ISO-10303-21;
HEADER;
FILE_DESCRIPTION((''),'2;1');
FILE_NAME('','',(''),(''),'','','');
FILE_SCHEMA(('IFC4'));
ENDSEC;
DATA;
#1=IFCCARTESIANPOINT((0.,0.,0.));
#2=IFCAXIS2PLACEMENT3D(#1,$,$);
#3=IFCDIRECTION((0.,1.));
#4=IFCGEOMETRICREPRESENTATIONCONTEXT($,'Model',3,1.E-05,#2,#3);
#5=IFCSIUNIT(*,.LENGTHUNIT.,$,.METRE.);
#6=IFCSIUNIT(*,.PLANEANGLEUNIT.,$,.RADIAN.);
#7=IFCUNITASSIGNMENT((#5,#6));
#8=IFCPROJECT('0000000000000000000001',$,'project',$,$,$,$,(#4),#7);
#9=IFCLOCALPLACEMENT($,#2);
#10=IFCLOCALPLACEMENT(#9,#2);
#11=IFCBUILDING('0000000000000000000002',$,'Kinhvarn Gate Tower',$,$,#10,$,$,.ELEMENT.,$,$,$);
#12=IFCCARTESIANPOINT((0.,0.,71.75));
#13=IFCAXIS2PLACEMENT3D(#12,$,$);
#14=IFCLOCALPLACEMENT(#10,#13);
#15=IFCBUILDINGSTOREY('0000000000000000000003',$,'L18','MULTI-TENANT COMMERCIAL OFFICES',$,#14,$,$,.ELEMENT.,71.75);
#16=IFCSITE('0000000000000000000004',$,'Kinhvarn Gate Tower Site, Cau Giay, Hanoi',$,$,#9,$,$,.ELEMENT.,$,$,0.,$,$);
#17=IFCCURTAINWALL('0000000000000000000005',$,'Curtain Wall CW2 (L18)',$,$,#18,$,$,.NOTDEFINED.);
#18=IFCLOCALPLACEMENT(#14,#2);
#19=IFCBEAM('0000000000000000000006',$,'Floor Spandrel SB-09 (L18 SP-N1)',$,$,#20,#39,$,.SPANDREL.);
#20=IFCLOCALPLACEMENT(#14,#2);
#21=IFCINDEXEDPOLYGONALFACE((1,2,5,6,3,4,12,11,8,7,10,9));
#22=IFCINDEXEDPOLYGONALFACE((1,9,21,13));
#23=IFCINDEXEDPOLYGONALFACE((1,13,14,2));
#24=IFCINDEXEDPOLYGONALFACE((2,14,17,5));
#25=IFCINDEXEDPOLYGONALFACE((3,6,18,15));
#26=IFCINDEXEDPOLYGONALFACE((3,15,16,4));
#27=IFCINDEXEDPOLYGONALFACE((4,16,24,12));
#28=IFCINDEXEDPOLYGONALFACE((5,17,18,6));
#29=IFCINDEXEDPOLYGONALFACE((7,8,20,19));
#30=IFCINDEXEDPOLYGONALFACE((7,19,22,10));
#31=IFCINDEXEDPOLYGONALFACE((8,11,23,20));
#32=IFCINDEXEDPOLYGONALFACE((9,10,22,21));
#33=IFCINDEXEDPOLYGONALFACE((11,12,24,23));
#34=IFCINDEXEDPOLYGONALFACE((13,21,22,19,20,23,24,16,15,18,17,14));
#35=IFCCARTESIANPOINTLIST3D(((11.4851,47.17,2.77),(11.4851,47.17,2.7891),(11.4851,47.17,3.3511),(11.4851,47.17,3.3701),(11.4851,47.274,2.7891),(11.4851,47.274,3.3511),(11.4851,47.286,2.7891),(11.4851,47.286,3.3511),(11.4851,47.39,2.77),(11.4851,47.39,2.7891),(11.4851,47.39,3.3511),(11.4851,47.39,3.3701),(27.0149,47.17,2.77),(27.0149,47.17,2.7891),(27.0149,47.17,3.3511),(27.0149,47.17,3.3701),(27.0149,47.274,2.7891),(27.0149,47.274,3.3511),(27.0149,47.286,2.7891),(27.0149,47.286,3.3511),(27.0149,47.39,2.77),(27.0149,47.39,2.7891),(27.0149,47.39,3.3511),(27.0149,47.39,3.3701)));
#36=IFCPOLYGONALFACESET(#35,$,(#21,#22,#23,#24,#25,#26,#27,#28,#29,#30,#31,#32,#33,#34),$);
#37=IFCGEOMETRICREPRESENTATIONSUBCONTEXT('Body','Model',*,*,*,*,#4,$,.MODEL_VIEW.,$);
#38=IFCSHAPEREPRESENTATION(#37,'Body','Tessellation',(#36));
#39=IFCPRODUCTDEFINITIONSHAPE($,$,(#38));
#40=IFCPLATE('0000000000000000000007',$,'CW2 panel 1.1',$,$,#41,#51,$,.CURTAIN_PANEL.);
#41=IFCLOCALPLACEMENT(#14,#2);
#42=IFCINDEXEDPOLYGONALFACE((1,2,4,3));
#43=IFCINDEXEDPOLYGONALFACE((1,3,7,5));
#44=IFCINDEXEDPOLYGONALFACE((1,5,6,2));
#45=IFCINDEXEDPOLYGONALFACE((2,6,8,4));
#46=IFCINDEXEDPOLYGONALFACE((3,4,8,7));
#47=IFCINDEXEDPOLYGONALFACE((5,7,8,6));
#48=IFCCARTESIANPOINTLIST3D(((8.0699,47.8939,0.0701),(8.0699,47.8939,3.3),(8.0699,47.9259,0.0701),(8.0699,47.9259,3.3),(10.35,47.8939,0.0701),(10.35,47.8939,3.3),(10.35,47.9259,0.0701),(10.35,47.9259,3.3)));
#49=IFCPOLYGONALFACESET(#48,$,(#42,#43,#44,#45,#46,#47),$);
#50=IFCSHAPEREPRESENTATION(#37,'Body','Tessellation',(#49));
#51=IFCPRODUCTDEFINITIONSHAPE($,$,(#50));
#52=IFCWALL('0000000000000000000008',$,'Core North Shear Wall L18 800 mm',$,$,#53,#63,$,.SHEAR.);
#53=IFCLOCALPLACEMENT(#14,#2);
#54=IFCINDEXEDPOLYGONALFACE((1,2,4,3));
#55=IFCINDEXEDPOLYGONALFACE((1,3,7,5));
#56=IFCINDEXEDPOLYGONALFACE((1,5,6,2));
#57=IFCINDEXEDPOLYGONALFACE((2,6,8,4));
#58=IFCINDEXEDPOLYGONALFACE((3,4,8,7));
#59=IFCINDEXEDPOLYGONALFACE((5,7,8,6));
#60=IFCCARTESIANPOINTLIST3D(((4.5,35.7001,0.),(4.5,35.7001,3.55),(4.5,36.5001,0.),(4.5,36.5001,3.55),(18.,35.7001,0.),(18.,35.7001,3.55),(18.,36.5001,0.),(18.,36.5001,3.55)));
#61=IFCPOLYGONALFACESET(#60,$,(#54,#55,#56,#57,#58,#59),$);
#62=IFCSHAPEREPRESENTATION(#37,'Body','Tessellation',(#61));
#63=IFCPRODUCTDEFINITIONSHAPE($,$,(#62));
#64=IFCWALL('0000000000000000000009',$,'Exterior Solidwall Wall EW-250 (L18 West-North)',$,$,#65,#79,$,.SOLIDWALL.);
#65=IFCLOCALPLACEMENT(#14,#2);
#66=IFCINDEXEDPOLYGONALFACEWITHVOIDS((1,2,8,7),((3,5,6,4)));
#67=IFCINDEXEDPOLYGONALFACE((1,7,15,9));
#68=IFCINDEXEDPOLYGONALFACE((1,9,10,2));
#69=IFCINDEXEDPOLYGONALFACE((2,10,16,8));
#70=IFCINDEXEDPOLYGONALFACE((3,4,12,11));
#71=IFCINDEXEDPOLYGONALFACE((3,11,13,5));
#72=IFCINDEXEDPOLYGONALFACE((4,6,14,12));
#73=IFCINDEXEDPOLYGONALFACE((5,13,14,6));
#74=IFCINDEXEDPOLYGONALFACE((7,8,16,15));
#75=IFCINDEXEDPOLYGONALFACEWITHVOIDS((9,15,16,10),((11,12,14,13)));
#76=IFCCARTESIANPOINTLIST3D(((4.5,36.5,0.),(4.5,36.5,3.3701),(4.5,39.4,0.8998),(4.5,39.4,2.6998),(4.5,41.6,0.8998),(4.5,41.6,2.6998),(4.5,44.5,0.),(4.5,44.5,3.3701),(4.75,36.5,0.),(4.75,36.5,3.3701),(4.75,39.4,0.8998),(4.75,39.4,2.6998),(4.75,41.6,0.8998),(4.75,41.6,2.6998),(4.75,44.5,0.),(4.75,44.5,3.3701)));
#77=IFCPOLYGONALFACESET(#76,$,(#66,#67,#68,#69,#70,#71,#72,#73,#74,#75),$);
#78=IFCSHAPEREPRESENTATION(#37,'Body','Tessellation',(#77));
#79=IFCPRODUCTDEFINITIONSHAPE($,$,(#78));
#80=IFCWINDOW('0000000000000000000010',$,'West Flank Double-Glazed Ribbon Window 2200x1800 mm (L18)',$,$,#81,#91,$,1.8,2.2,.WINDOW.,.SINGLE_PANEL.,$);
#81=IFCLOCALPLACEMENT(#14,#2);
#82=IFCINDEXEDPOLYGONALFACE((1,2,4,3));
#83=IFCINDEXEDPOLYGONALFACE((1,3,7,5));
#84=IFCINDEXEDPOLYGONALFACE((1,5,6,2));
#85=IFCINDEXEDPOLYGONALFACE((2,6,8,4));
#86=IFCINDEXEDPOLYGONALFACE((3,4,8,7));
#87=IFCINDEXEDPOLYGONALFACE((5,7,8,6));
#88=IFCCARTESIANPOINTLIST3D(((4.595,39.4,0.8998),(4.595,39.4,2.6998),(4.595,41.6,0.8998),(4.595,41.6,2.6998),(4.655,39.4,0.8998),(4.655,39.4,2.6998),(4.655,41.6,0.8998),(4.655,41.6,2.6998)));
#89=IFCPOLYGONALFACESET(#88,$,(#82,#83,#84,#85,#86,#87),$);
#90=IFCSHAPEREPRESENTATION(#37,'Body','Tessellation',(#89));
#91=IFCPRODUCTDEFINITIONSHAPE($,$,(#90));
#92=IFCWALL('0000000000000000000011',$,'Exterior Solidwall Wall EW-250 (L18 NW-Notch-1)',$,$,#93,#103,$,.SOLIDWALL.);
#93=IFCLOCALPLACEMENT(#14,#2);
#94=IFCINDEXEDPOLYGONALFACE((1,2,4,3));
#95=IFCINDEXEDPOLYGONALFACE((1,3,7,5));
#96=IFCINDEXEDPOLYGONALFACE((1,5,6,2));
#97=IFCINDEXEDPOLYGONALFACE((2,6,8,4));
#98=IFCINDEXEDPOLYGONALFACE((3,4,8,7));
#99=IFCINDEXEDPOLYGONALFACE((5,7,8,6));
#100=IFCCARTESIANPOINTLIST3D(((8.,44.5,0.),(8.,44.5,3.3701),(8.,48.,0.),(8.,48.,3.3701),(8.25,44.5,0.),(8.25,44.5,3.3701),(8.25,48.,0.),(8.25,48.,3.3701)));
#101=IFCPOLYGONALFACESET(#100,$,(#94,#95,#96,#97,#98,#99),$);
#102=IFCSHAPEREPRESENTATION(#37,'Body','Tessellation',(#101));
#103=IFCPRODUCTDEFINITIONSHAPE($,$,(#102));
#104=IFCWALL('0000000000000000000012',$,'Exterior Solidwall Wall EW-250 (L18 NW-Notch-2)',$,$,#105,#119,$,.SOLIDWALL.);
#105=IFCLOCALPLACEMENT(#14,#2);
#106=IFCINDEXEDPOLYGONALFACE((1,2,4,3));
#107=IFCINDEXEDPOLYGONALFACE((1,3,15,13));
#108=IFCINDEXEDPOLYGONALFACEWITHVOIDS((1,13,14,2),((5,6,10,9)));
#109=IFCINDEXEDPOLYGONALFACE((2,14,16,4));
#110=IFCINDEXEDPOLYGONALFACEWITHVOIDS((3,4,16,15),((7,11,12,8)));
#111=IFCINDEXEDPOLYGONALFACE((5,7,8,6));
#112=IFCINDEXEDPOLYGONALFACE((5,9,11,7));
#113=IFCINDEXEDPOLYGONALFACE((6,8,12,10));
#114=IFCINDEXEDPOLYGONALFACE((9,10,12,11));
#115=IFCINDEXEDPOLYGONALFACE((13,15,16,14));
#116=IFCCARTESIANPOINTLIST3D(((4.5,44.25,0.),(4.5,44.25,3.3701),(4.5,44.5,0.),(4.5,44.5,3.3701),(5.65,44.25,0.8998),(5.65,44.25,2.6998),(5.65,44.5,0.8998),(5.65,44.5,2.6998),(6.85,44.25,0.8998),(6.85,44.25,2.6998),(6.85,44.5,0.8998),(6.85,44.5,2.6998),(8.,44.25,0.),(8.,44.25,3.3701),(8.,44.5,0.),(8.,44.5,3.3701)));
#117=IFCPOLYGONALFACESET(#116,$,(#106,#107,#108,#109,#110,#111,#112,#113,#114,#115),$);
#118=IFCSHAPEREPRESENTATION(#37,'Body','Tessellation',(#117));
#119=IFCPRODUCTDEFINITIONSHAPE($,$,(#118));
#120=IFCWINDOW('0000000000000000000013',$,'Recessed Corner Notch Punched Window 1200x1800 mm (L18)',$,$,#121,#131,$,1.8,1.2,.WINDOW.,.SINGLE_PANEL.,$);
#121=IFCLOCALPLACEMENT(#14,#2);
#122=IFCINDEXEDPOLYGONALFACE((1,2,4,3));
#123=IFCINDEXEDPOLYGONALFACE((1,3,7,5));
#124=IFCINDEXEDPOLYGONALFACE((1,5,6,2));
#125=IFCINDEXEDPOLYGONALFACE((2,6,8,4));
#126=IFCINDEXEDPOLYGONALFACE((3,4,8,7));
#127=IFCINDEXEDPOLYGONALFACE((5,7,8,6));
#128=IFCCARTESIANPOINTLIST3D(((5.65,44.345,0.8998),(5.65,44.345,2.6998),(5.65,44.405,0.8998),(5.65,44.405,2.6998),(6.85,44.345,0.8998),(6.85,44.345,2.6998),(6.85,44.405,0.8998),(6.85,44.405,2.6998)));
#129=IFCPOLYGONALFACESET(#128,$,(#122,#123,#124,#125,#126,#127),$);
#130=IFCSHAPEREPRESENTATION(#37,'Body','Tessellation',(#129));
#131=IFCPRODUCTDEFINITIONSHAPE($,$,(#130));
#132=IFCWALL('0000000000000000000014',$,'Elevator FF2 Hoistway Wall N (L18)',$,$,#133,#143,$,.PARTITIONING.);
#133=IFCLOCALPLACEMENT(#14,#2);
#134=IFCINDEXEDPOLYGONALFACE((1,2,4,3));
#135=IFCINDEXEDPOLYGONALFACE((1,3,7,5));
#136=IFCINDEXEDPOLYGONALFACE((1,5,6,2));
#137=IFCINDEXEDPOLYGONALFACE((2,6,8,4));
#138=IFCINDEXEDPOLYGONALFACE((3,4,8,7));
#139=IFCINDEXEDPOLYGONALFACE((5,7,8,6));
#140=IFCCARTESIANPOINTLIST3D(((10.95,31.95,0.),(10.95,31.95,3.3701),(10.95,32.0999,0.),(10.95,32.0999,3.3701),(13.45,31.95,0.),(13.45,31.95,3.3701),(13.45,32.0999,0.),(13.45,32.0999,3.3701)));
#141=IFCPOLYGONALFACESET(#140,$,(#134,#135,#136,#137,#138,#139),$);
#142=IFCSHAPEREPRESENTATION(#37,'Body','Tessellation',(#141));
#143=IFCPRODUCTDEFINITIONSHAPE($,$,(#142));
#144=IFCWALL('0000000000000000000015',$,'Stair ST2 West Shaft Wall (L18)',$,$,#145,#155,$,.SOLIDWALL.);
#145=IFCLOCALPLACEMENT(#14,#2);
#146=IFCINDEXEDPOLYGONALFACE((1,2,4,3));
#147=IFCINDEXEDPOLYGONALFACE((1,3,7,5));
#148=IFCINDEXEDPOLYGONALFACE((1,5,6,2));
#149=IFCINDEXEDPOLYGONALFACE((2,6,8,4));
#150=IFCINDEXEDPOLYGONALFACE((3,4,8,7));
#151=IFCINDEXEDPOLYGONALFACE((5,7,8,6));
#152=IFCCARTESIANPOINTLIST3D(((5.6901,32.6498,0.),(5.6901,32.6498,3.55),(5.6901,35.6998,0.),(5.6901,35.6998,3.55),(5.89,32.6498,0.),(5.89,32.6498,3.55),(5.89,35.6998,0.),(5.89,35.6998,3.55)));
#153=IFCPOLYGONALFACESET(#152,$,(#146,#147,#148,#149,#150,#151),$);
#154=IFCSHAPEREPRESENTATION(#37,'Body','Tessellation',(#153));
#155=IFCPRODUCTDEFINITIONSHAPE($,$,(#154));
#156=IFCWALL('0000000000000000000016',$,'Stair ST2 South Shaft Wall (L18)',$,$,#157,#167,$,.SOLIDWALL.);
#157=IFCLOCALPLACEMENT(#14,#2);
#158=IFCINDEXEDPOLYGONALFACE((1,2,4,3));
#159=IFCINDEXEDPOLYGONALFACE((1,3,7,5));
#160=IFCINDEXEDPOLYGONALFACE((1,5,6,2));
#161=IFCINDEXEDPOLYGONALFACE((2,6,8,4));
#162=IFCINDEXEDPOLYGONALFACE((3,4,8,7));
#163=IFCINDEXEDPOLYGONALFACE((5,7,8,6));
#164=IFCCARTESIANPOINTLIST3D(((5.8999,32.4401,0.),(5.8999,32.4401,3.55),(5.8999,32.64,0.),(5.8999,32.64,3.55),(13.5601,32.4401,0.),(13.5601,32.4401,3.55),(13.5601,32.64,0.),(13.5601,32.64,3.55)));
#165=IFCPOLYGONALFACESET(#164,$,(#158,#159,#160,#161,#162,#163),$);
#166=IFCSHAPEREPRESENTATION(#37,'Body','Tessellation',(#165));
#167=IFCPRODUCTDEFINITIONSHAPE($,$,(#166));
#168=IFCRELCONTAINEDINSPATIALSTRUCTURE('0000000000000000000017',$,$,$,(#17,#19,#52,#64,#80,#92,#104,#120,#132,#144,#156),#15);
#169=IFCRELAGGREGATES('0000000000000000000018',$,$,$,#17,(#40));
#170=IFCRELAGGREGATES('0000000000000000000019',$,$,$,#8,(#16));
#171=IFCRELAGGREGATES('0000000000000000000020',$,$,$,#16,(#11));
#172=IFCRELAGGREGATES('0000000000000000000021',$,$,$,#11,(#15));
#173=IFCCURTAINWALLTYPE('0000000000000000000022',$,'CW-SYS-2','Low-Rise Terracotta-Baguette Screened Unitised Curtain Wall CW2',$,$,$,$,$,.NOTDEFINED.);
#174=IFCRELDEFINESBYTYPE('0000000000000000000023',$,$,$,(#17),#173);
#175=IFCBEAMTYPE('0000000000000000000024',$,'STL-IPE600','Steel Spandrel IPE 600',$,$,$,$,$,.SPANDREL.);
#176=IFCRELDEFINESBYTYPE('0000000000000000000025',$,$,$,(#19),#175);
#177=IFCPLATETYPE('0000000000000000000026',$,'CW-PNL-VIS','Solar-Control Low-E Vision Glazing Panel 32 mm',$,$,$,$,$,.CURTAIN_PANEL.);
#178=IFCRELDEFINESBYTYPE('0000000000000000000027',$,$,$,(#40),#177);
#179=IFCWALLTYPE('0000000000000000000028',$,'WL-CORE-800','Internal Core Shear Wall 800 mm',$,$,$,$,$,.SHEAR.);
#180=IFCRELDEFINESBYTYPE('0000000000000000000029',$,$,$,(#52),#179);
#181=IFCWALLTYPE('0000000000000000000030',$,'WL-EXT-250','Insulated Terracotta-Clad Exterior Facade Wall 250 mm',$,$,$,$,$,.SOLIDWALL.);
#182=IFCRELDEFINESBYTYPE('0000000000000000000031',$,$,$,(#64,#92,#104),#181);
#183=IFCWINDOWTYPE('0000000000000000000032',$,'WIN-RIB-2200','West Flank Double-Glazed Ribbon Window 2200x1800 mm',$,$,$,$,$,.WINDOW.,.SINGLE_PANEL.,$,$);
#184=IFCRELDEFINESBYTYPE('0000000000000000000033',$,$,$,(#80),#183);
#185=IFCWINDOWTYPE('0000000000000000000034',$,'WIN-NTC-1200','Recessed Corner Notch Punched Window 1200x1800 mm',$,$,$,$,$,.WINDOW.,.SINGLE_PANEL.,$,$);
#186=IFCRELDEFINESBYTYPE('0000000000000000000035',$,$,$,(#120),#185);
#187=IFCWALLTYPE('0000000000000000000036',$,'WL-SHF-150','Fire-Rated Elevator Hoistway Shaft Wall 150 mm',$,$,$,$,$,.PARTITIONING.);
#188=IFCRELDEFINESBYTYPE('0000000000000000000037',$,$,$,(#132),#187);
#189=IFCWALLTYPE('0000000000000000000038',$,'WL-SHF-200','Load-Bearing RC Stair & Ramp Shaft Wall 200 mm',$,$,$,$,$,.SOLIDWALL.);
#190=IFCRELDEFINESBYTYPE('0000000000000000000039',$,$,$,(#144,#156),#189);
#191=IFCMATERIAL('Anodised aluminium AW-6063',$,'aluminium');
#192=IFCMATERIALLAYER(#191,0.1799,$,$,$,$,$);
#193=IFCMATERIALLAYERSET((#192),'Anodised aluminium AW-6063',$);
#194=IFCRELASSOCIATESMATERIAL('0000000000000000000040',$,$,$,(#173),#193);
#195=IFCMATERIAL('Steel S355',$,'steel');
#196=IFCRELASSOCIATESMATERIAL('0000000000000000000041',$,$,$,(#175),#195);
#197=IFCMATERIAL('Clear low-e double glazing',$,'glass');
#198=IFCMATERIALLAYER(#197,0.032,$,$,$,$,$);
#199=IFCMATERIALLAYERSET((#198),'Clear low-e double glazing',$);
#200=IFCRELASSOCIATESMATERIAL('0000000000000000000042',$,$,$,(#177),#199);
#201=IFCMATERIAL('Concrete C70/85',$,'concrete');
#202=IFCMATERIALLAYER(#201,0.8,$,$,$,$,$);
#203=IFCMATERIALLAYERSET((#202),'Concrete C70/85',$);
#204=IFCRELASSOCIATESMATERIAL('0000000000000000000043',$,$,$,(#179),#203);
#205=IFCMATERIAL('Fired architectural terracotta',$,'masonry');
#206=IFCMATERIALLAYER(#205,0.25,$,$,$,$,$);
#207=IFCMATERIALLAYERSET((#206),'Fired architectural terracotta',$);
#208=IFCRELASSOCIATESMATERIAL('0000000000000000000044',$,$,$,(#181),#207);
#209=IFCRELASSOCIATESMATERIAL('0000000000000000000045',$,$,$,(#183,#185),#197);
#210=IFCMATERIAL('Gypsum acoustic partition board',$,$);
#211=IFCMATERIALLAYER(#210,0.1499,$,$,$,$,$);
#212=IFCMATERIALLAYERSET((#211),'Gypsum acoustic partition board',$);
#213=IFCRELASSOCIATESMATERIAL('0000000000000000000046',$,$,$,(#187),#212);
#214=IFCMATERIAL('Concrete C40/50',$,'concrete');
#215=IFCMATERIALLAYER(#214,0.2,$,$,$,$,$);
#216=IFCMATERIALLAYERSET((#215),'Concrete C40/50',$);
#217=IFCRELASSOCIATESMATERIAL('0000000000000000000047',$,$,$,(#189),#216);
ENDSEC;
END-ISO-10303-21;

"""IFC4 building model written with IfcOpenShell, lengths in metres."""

from ifc_helpers import new_model, si_unit, direction, frame, frame_2d, origin, origin_2d, place, context, subcontext, project, spatial, rectangle, i_section, extrude, material, layer, layer_set, material_profile, profile_set, type_object, element, fill, aggregate, save


model = new_model("IFC4")

# Units and contexts
model_context = context("Model", 3, precision=1e-05, world=origin(), true_north=direction((0.0, 1.0)))
body_context = subcontext(model_context, "Body", "Model", "MODEL_VIEW")
ifc_project = project(units=[si_unit("LENGTHUNIT", "METRE"), si_unit("PLANEANGLEUNIT", "RADIAN")], contexts=[model_context])

# Site, building, storey
site_placement = place(None, origin())
site = spatial("IfcSite", under=ifc_project, at=site_placement, Name="Kinhvarn Gate Tower Site, Cau Giay, Hanoi", CompositionType="ELEMENT", RefElevation=0.0)
building_placement = place(site_placement, origin())
building = spatial("IfcBuilding", under=site, at=building_placement, Name="Kinhvarn Gate Tower", CompositionType="ELEMENT")
storey_placement = place(building_placement, frame((0.0, 0.0, 71.75)))
storey = spatial("IfcBuildingStorey", under=building, at=storey_placement, Name="L18", Description="MULTI-TENANT COMMERCIAL OFFICES", CompositionType="ELEMENT", Elevation=71.75)

# Shared definitions
ifc_material_1 = material(Name="Concrete C70/85", Category="concrete")

# Curtain wall
ifc_material_2 = material(Name="Anodised aluminium AW-6063", Category="aluminium")
ifc_layer_1 = layer(ifc_material_2, 0.1799)
ifc_layer_set_1 = layer_set([ifc_layer_1], Name="Anodised aluminium AW-6063")
curtain_wall_type = type_object("IfcCurtainWallType", Name="CW-SYS-2", Description="Low-Rise Terracotta-Baguette Screened Unitised Curtain Wall CW2", PredefinedType="NOTDEFINED", material=ifc_layer_set_1)
curtain_wall_placement = place(storey_placement, origin())
curtain_wall = element("IfcCurtainWall", 1, at=curtain_wall_placement, inside=storey, type_object=curtain_wall_type, Name="Curtain Wall CW2 (L18)", PredefinedType="NOTDEFINED")

# Beam
ifc_material_3 = material(Name="Steel S355", Category="steel")
ifc_material_profile_1 = material_profile(ifc_material_3, i_section(OverallWidth=0.22, OverallDepth=0.6001, WebThickness=0.012, FlangeThickness=0.019, at=origin_2d()), Name="IPE 600")
ifc_profile_set_1 = profile_set([ifc_material_profile_1], Name="Steel S355")
beam_type_1 = type_object("IfcBeamType", Name="STL-IPE600", Description="Steel Spandrel IPE 600", PredefinedType="SPANDREL", material=ifc_profile_set_1)
beam_1_placement = place(storey_placement, frame((11.4851, 47.28, 3.0701), z_axis=(1.0, 0.0, 0.0), x_axis=(0.0, 1.0, 0.0)))
element("IfcBeam", 2, at=beam_1_placement, inside=storey, type_object=beam_type_1, Name="Floor Spandrel SB-09 (L18 SP-N1)", PredefinedType="SPANDREL", context=body_context, shape_type="SweptSolid", body=[
    extrude(i_section(OverallWidth=0.22, OverallDepth=0.6001, WebThickness=0.012, FlangeThickness=0.019, at=origin_2d()), origin(), (0.0, 0.0, 1.0), 15.5298),
])

# Plate
ifc_material_4 = material(Name="Clear low-e double glazing", Category="glass")
ifc_layer_2 = layer(ifc_material_4, 0.032)
ifc_layer_set_2 = layer_set([ifc_layer_2], Name="Clear low-e double glazing")
plate_type = type_object("IfcPlateType", Name="CW-PNL-VIS", Description="Solar-Control Low-E Vision Glazing Panel 32 mm", PredefinedType="CURTAIN_PANEL", material=ifc_layer_set_2)
plate_placement = place(storey_placement, frame((9.21, 47.9099, 0.0701), z_axis=(0.0, 0.0, 1.0), x_axis=(-1.0, 0.0, 0.0)))
plate = element("IfcPlate", 3, at=plate_placement, type_object=plate_type, Name="CW2 panel 1.1", PredefinedType="CURTAIN_PANEL", context=body_context, shape_type="SweptSolid", body=[
    extrude(rectangle(XDim=2.28, YDim=0.032, at=origin_2d()), origin(), (0.0, 0.0, 1.0), 3.23),
])
aggregate(curtain_wall, [plate])

# Wall
ifc_layer_3 = layer(ifc_material_1, 0.8)
ifc_layer_set_3 = layer_set([ifc_layer_3], Name="Concrete C70/85")
wall_type_1 = type_object("IfcWallType", Name="WL-CORE-800", Description="Internal Core Shear Wall 800 mm", PredefinedType="SHEAR", material=ifc_layer_set_3)
wall_1_placement = place(storey_placement, frame((4.5, 36.1001, 0.0), z_axis=(0.0, 0.0, 1.0), x_axis=(1.0, 0.0, 0.0)))
element("IfcWall", 4, at=wall_1_placement, inside=storey, type_object=wall_type_1, Name="Core North Shear Wall L18 800 mm", PredefinedType="SHEAR", context=body_context, shape_type="SweptSolid", body=[
    extrude(rectangle(XDim=13.5, YDim=0.8, at=frame_2d((6.75, 0.0))), origin(), (0.0, 0.0, 1.0), 3.55),
])

# Wall, opening, window
ifc_material_5 = material(Name="Fired architectural terracotta", Category="masonry")
ifc_layer_4 = layer(ifc_material_5, 0.25)
ifc_layer_set_4 = layer_set([ifc_layer_4], Name="Fired architectural terracotta")
wall_type_2 = type_object("IfcWallType", Name="WL-EXT-250", Description="Insulated Terracotta-Clad Exterior Facade Wall 250 mm", PredefinedType="SOLIDWALL", material=ifc_layer_set_4)
wall_2_placement = place(storey_placement, frame((4.625, 44.5, 0.0), z_axis=(0.0, 0.0, 1.0), x_axis=(0.0, -1.0, 0.0)))
wall_2 = element("IfcWall", 5, at=wall_2_placement, inside=storey, type_object=wall_type_2, Name="Exterior Solidwall Wall EW-250 (L18 West-North)", PredefinedType="SOLIDWALL", context=body_context, shape_type="SweptSolid", body=[
    extrude(rectangle(XDim=8.0, YDim=0.25, at=frame_2d((4.0, 0.0))), origin(), (0.0, 0.0, 1.0), 3.3701),
])
opening_1_placement = place(wall_2_placement, frame((2.8999, 0.0, 0.8999)))
opening_1 = element("IfcOpeningElement", 6, at=opening_1_placement, cuts=wall_2, PredefinedType="OPENING", context=body_context, shape_type="SweptSolid", body=[
    extrude(rectangle(XDim=2.2, YDim=1.8, at=frame_2d((1.1001, 0.8999))), frame((0.0, 0.135, 0.0), z_axis=(0.0, -1.0, 0.0), x_axis=(1.0, 0.0, 0.0)), (0.0, 0.0, 1.0), 0.27),
])
window_type_1 = type_object("IfcWindowType", Name="WIN-RIB-2200", Description="West Flank Double-Glazed Ribbon Window 2200x1800 mm", PartitioningType="SINGLE_PANEL", PredefinedType="WINDOW", material=ifc_material_4)
window_1_placement = place(opening_1_placement, origin())
window_1 = element("IfcWindow", 7, at=window_1_placement, inside=storey, type_object=window_type_1, Name="West Flank Double-Glazed Ribbon Window 2200x1800 mm (L18)", OverallHeight=1.8, OverallWidth=2.2, PartitioningType="SINGLE_PANEL", PredefinedType="WINDOW", context=body_context, shape_type="SweptSolid", body=[
    extrude(rectangle(XDim=2.2, YDim=1.8, at=frame_2d((1.1001, 0.8999))), frame((0.0, 0.03, 0.0), z_axis=(0.0, -1.0, 0.0), x_axis=(1.0, 0.0, 0.0)), (0.0, 0.0, 1.0), 0.0601),
])
fill(opening_1, window_1)

# Wall
wall_3_placement = place(storey_placement, frame((8.125, 48.0, 0.0), z_axis=(0.0, 0.0, 1.0), x_axis=(0.0, -1.0, 0.0)))
element("IfcWall", 8, at=wall_3_placement, inside=storey, type_object=wall_type_2, Name="Exterior Solidwall Wall EW-250 (L18 NW-Notch-1)", PredefinedType="SOLIDWALL", context=body_context, shape_type="SweptSolid", body=[
    extrude(rectangle(XDim=3.5, YDim=0.25, at=frame_2d((1.75, 0.0))), origin(), (0.0, 0.0, 1.0), 3.3701),
])

# Wall, opening, window
wall_4_placement = place(storey_placement, frame((8.0, 44.375, 0.0), z_axis=(0.0, 0.0, 1.0), x_axis=(-1.0, 0.0, 0.0)))
wall_4 = element("IfcWall", 9, at=wall_4_placement, inside=storey, type_object=wall_type_2, Name="Exterior Solidwall Wall EW-250 (L18 NW-Notch-2)", PredefinedType="SOLIDWALL", context=body_context, shape_type="SweptSolid", body=[
    extrude(rectangle(XDim=3.5, YDim=0.25, at=frame_2d((1.75, 0.0))), origin(), (0.0, 0.0, 1.0), 3.3701),
])
opening_2_placement = place(wall_4_placement, frame((1.1499, 0.0, 0.8999)))
opening_2 = element("IfcOpeningElement", 10, at=opening_2_placement, cuts=wall_4, PredefinedType="OPENING", context=body_context, shape_type="SweptSolid", body=[
    extrude(rectangle(XDim=1.2, YDim=1.8, at=frame_2d((0.6001, 0.8999))), frame((0.0, 0.135, 0.0), z_axis=(0.0, -1.0, 0.0), x_axis=(1.0, 0.0, 0.0)), (0.0, 0.0, 1.0), 0.27),
])
window_type_2 = type_object("IfcWindowType", Name="WIN-NTC-1200", Description="Recessed Corner Notch Punched Window 1200x1800 mm", PartitioningType="SINGLE_PANEL", PredefinedType="WINDOW", material=ifc_material_4)
window_2_placement = place(opening_2_placement, origin())
window_2 = element("IfcWindow", 11, at=window_2_placement, inside=storey, type_object=window_type_2, Name="Recessed Corner Notch Punched Window 1200x1800 mm (L18)", OverallHeight=1.8, OverallWidth=1.2, PartitioningType="SINGLE_PANEL", PredefinedType="WINDOW", context=body_context, shape_type="SweptSolid", body=[
    extrude(rectangle(XDim=1.2, YDim=1.8, at=frame_2d((0.6001, 0.8999))), frame((0.0, 0.03, 0.0), z_axis=(0.0, -1.0, 0.0), x_axis=(1.0, 0.0, 0.0)), (0.0, 0.0, 1.0), 0.0601),
])
fill(opening_2, window_2)

# Walls
ifc_material_6 = material(Name="Gypsum acoustic partition board")
ifc_layer_5 = layer(ifc_material_6, 0.1499)
ifc_layer_set_5 = layer_set([ifc_layer_5], Name="Gypsum acoustic partition board")
wall_type_3 = type_object("IfcWallType", Name="WL-SHF-150", Description="Fire-Rated Elevator Hoistway Shaft Wall 150 mm", PredefinedType="PARTITIONING", material=ifc_layer_set_5)
wall_5_placement = place(storey_placement, frame((10.95, 32.0249, 0.0), z_axis=(0.0, 0.0, 1.0), x_axis=(1.0, 0.0, 0.0)))
element("IfcWall", 12, at=wall_5_placement, inside=storey, type_object=wall_type_3, Name="Elevator FF2 Hoistway Wall N (L18)", PredefinedType="PARTITIONING", context=body_context, shape_type="SweptSolid", body=[
    extrude(rectangle(XDim=2.5, YDim=0.1499, at=frame_2d((1.25, 0.0))), origin(), (0.0, 0.0, 1.0), 3.3701),
])
ifc_material_7 = material(Name="Concrete C40/50", Category="concrete")
ifc_layer_6 = layer(ifc_material_7, 0.2)
ifc_layer_set_6 = layer_set([ifc_layer_6], Name="Concrete C40/50")
wall_type_4 = type_object("IfcWallType", Name="WL-SHF-200", Description="Load-Bearing RC Stair & Ramp Shaft Wall 200 mm", PredefinedType="SOLIDWALL", material=ifc_layer_set_6)
wall_6_placement = place(storey_placement, frame((5.79, 32.6499, 0.0), z_axis=(0.0, 0.0, 1.0), x_axis=(0.0, 1.0, 0.0)))
element("IfcWall", 13, at=wall_6_placement, inside=storey, type_object=wall_type_4, Name="Stair ST2 West Shaft Wall (L18)", PredefinedType="SOLIDWALL", context=body_context, shape_type="SweptSolid", body=[
    extrude(rectangle(XDim=3.05, YDim=0.2, at=frame_2d((1.5249, 0.0))), origin(), (0.0, 0.0, 1.0), 3.55),
])
wall_7_placement = place(storey_placement, frame((5.8999, 32.54, 0.0), z_axis=(0.0, 0.0, 1.0), x_axis=(1.0, 0.0, 0.0)))
element("IfcWall", 14, at=wall_7_placement, inside=storey, type_object=wall_type_4, Name="Stair ST2 South Shaft Wall (L18)", PredefinedType="SOLIDWALL", context=body_context, shape_type="SweptSolid", body=[
    extrude(rectangle(XDim=7.6602, YDim=0.2, at=frame_2d((3.8301, 0.0))), origin(), (0.0, 0.0, 1.0), 3.55),
])

save(model, "model.ifc")
